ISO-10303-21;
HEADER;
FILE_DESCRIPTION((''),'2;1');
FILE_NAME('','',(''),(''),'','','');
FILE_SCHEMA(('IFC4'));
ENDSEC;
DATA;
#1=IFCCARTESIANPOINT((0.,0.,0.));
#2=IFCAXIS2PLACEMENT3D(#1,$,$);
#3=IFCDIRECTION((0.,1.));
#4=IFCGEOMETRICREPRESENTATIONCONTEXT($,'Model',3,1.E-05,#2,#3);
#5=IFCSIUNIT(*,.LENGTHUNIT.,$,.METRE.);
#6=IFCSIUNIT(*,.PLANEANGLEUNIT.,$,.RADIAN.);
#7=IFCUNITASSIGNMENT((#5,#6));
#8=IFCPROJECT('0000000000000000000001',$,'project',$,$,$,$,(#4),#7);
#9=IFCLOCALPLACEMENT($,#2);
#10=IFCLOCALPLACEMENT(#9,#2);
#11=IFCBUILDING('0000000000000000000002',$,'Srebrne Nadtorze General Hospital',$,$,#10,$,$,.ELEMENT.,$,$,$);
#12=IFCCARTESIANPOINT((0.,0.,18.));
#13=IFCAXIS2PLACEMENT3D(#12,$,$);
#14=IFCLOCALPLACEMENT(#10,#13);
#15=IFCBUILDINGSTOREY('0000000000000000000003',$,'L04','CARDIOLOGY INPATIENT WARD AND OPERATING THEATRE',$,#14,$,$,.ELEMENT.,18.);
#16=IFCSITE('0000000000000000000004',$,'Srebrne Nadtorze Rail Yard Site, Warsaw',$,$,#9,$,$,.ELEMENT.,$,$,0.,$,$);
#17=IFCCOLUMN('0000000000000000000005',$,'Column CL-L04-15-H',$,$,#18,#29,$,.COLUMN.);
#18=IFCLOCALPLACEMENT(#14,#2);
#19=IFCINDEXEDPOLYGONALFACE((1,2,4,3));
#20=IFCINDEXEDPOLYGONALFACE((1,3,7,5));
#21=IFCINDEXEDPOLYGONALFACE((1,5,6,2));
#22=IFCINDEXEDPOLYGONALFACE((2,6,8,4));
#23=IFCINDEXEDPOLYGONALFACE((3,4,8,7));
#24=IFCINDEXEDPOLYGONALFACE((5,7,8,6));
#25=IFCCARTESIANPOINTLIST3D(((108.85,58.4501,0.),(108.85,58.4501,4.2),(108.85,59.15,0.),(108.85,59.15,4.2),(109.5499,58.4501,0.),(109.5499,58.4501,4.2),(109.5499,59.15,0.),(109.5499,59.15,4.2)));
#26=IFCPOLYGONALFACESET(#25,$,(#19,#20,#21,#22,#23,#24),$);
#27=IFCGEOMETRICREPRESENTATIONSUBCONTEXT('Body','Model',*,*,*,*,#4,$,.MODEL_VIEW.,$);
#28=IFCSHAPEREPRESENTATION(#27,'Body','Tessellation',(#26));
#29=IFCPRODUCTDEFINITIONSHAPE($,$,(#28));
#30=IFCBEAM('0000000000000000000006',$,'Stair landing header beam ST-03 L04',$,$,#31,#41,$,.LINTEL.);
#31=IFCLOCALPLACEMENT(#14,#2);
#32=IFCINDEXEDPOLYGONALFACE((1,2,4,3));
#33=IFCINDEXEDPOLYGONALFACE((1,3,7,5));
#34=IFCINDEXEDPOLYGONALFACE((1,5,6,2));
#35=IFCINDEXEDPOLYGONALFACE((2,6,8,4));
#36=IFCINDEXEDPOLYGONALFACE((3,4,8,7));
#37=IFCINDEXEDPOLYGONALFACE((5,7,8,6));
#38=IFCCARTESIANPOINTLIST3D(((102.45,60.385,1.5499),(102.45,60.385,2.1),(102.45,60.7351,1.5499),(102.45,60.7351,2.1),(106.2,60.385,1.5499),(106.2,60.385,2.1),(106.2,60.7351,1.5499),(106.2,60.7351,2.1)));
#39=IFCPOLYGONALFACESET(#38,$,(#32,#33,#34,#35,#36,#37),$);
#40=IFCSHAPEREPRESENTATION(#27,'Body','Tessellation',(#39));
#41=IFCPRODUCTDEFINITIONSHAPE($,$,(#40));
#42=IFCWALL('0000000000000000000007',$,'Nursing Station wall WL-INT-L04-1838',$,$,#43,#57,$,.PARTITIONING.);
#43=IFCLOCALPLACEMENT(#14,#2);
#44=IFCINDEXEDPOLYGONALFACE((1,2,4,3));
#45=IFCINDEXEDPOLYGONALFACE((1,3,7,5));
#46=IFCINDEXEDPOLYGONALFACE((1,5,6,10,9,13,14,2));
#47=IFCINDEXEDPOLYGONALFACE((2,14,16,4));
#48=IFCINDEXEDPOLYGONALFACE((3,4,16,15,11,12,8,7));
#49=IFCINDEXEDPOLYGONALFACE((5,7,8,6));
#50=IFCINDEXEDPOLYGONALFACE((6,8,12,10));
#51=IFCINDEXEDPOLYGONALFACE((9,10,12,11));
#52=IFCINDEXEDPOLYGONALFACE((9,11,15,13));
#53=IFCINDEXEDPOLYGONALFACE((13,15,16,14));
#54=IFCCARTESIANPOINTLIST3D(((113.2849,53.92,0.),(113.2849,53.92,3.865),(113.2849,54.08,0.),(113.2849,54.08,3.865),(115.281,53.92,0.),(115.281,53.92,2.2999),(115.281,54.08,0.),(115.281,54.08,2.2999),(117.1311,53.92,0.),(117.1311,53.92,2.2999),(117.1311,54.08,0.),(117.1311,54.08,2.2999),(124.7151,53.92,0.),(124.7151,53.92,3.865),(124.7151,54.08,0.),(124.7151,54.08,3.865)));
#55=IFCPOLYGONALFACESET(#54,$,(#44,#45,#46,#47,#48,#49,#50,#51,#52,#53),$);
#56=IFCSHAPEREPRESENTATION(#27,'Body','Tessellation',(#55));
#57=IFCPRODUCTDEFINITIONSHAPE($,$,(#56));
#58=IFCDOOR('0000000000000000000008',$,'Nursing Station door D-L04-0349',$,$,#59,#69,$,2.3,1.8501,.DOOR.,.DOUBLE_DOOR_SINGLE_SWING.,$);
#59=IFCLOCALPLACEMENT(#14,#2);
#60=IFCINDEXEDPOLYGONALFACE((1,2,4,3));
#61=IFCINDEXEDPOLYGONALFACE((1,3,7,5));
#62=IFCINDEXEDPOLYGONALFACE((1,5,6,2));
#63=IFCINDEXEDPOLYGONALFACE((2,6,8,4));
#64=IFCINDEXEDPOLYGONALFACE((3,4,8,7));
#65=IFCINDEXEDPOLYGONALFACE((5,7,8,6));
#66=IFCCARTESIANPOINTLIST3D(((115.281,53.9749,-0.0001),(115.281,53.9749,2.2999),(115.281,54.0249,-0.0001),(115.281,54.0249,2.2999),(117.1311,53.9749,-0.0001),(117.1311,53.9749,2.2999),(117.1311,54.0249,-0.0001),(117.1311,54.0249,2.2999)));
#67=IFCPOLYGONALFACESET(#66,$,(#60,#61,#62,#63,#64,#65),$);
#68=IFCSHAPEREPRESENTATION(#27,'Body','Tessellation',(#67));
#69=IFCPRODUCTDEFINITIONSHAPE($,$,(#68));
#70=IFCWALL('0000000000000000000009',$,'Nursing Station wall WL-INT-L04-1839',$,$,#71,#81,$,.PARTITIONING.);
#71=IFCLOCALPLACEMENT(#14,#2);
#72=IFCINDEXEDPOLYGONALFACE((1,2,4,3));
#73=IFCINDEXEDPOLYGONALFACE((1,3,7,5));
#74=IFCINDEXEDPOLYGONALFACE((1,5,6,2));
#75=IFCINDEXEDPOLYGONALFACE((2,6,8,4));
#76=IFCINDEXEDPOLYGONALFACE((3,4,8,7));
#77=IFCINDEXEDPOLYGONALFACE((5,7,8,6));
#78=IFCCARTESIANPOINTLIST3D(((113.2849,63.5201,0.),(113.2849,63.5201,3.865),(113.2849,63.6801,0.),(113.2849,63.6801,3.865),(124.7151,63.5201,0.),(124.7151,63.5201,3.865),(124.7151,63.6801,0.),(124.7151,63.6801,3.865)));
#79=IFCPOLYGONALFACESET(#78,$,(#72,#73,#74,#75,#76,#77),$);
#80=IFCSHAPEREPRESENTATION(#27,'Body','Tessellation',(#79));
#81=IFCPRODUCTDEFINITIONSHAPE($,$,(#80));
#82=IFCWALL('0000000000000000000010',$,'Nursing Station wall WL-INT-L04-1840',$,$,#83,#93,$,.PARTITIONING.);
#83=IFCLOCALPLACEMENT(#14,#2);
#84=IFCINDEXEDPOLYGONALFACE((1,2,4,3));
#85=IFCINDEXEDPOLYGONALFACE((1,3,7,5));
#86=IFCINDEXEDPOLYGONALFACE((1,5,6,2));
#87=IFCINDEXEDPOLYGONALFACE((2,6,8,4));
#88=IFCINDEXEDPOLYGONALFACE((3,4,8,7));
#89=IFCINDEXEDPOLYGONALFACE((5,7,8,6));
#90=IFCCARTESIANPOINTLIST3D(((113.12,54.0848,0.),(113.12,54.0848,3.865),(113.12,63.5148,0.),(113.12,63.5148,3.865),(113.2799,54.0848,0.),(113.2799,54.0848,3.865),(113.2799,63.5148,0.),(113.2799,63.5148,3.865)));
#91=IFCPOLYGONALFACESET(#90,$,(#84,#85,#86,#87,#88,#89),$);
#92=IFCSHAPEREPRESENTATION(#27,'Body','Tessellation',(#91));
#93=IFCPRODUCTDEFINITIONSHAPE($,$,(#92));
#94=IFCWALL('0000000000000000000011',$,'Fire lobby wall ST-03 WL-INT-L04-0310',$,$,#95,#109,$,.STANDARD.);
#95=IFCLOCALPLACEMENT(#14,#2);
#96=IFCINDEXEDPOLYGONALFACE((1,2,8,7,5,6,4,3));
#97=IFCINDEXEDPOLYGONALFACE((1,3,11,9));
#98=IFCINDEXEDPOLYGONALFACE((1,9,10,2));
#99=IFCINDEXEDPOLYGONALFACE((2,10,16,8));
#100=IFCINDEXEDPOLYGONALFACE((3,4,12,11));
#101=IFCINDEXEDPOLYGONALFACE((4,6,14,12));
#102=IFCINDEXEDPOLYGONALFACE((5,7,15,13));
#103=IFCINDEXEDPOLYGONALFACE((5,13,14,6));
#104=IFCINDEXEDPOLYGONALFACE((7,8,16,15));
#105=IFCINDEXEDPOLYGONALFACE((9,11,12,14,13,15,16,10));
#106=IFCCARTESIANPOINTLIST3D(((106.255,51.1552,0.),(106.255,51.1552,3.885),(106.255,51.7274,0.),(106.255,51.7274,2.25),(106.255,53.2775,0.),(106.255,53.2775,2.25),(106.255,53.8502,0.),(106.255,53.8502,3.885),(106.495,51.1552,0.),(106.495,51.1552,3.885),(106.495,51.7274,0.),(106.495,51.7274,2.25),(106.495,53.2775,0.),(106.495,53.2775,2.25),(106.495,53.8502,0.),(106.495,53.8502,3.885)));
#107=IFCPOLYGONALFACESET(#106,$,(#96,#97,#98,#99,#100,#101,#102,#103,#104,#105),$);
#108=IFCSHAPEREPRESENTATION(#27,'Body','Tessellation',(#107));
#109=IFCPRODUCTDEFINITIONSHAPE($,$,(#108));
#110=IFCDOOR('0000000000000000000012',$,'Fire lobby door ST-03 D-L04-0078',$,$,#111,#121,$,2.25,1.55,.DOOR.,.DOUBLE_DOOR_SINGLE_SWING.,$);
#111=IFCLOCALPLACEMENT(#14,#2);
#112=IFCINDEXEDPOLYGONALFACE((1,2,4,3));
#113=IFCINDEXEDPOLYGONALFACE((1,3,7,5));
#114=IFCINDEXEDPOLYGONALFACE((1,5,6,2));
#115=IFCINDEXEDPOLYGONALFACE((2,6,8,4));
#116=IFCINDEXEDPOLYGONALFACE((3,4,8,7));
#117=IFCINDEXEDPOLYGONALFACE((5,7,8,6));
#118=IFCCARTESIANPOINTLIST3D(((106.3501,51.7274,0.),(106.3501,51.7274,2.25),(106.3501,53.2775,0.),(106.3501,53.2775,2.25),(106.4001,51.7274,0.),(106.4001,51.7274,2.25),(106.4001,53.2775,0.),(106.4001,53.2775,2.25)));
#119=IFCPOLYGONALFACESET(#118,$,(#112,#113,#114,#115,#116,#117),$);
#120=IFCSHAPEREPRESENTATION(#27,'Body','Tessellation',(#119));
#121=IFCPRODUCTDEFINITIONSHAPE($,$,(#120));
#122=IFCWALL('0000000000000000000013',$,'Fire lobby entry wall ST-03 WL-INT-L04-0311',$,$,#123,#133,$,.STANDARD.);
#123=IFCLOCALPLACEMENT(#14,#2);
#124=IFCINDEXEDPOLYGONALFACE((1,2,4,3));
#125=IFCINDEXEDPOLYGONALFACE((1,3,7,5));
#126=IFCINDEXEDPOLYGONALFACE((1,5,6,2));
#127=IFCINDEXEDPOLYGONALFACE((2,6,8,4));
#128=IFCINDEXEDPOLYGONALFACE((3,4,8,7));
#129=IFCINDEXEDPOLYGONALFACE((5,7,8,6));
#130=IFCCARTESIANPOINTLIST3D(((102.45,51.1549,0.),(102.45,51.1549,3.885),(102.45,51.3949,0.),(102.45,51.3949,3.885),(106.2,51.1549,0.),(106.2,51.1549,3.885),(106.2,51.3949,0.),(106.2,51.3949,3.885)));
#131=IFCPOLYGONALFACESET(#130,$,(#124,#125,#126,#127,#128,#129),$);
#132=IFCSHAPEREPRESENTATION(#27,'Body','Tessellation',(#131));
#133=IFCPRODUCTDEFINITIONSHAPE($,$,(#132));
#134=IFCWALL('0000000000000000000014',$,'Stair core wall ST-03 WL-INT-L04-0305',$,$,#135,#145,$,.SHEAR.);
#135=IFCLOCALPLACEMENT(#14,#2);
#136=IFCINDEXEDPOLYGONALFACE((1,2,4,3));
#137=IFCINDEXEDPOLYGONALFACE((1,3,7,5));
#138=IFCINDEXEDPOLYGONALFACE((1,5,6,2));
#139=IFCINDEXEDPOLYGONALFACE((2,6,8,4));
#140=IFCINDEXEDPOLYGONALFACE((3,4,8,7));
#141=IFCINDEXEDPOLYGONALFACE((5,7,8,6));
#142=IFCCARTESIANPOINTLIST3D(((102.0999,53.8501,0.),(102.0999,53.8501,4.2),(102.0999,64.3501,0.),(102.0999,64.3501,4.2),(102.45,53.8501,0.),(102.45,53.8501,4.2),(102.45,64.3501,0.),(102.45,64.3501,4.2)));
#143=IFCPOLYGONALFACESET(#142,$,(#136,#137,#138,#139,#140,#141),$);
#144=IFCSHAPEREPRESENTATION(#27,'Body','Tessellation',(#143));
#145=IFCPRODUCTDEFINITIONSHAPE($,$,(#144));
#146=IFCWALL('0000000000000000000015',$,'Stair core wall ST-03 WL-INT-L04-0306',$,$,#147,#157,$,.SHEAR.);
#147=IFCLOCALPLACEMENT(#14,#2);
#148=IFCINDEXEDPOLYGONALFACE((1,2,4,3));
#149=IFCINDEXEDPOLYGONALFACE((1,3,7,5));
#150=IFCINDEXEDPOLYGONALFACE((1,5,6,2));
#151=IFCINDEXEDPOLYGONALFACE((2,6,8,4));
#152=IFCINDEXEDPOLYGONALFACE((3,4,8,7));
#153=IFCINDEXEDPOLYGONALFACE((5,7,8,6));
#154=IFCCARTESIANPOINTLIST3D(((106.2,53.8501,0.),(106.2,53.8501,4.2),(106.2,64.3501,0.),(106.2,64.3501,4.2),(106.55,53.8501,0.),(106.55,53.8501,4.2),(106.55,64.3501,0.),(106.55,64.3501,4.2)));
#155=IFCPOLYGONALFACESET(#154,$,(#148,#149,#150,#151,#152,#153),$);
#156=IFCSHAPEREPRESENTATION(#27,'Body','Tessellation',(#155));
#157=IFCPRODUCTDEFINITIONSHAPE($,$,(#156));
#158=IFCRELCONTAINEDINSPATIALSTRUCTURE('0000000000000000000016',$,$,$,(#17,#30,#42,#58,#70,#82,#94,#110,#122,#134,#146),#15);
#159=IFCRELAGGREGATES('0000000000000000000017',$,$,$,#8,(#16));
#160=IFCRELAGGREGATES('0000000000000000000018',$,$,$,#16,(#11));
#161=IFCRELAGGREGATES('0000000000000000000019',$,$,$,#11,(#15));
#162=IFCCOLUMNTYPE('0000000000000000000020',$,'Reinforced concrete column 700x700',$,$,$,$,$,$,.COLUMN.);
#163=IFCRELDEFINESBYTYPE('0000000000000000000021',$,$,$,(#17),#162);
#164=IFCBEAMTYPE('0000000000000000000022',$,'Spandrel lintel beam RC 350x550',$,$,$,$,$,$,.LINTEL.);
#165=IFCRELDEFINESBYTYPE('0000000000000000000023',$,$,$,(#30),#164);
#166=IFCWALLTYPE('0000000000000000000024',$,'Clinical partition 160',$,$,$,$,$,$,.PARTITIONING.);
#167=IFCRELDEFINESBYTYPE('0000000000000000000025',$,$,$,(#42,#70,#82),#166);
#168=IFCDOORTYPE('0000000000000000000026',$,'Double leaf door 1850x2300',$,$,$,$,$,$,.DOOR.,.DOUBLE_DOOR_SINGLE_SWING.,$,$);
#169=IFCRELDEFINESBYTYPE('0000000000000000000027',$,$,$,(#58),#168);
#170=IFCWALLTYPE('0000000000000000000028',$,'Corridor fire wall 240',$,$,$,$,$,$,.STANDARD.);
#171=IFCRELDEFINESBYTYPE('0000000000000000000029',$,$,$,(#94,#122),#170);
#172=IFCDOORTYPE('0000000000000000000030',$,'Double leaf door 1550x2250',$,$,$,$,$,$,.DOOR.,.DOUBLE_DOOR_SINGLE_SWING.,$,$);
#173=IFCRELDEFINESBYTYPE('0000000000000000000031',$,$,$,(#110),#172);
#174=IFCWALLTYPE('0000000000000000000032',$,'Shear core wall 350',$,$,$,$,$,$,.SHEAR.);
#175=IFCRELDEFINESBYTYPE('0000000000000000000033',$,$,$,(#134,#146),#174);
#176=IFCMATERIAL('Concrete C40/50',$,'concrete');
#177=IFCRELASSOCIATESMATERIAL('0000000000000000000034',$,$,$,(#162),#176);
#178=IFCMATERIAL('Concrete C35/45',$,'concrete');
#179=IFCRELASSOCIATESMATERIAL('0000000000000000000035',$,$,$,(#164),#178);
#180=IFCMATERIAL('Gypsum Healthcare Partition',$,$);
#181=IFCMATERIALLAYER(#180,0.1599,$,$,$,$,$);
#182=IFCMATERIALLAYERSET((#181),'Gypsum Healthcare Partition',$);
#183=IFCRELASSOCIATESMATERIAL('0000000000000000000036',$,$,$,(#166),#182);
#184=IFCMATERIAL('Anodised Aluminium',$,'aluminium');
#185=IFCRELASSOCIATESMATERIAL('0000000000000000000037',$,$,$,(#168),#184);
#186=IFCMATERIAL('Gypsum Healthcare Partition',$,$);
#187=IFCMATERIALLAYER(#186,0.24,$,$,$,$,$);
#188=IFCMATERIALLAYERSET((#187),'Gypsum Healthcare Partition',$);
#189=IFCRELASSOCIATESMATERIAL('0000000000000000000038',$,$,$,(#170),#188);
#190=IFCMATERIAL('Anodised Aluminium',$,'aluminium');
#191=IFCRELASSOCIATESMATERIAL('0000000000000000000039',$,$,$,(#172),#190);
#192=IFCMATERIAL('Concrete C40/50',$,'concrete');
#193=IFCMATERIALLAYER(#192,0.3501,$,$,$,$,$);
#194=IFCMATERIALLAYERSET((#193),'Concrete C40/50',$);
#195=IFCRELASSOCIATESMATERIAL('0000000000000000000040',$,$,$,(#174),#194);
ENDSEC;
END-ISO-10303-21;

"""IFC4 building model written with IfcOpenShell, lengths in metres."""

from ifc_helpers import new_model, si_unit, direction, frame, frame_2d, origin, origin_2d, place, context, subcontext, project, spatial, rectangle, extrude, material, layer, layer_set, material_profile, profile_set, type_object, element, fill, save


model = new_model("IFC4")

# Units and contexts
model_context = context("Model", 3, precision=1e-05, world=origin(), true_north=direction((0.0, 1.0)))
body_context = subcontext(model_context, "Body", "Model", "MODEL_VIEW")
ifc_project = project(units=[si_unit("LENGTHUNIT", "METRE"), si_unit("PLANEANGLEUNIT", "RADIAN")], contexts=[model_context])

# Site, building, storey
site_placement = place(None, origin())
site = spatial("IfcSite", under=ifc_project, at=site_placement, Name="Srebrne Nadtorze Rail Yard Site, Warsaw", CompositionType="ELEMENT", RefElevation=0.0)
building_placement = place(site_placement, origin())
building = spatial("IfcBuilding", under=site, at=building_placement, Name="Srebrne Nadtorze General Hospital", CompositionType="ELEMENT")
storey_placement = place(building_placement, frame((0.0, 0.0, 18.0)))
storey = spatial("IfcBuildingStorey", under=building, at=storey_placement, Name="L04", Description="CARDIOLOGY INPATIENT WARD AND OPERATING THEATRE", CompositionType="ELEMENT", Elevation=18.0)

# Column
ifc_material_1 = material(Name="Concrete C40/50", Category="concrete")
ifc_material_profile_1 = material_profile(ifc_material_1, rectangle(XDim=0.7, YDim=0.7, at=origin_2d()), Name="RC-COL-700x700")
ifc_profile_set_1 = profile_set([ifc_material_profile_1], Name="Concrete C40/50")
column_type = type_object("IfcColumnType", Name="Reinforced concrete column 700x700", PredefinedType="COLUMN", material=ifc_profile_set_1)
column_placement = place(storey_placement, frame((109.2, 58.8, 0.0), z_axis=(0.0, 0.0, 1.0), x_axis=(1.0, 0.0, 0.0)))
element("IfcColumn", 1, at=column_placement, inside=storey, type_object=column_type, Name="Column CL-L04-15-H", PredefinedType="COLUMN", context=body_context, shape_type="SweptSolid", body=[
    extrude(rectangle(XDim=0.7, YDim=0.7, at=origin_2d()), origin(), (0.0, 0.0, 1.0), 4.2),
])

# Beam
ifc_material_2 = material(Name="Concrete C35/45", Category="concrete")
ifc_material_profile_2 = material_profile(ifc_material_2, rectangle(XDim=0.3501, YDim=0.55, at=origin_2d()), Name="RC-BM-350x550")
ifc_profile_set_2 = profile_set([ifc_material_profile_2], Name="Concrete C35/45")
beam_type = type_object("IfcBeamType", Name="Spandrel lintel beam RC 350x550", PredefinedType="LINTEL", material=ifc_profile_set_2)
beam_placement = place(storey_placement, frame((102.45, 60.5601, 1.825), z_axis=(1.0, 0.0, 0.0), x_axis=(0.0, 1.0, 0.0)))
element("IfcBeam", 2, at=beam_placement, inside=storey, type_object=beam_type, Name="Stair landing header beam ST-03 L04", PredefinedType="LINTEL", context=body_context, shape_type="SweptSolid", body=[
    extrude(rectangle(XDim=0.3501, YDim=0.55, at=origin_2d()), origin(), (0.0, 0.0, 1.0), 3.75),
])

# Wall, opening, door
ifc_material_3 = material(Name="Gypsum Healthcare Partition")
ifc_layer_1 = layer(ifc_material_3, 0.1599)
ifc_layer_set_1 = layer_set([ifc_layer_1], Name="Gypsum Healthcare Partition")
wall_type_1 = type_object("IfcWallType", Name="Clinical partition 160", PredefinedType="PARTITIONING", material=ifc_layer_set_1)
wall_1_placement = place(storey_placement, frame((113.2849, 54.0, 0.0), z_axis=(0.0, 0.0, 1.0), x_axis=(1.0, 0.0, 0.0)))
wall_1 = element("IfcWall", 3, at=wall_1_placement, inside=storey, type_object=wall_type_1, Name="Nursing Station wall WL-INT-L04-1838", PredefinedType="PARTITIONING", context=body_context, shape_type="SweptSolid", body=[
    extrude(rectangle(XDim=11.4302, YDim=0.1599, at=frame_2d((5.7151, 0.0))), origin(), (0.0, 0.0, 1.0), 3.865),
])
opening_1_placement = place(wall_1_placement, frame((1.9961, 0.0, 0.0)))
opening_1 = element("IfcOpeningElement", 4, at=opening_1_placement, cuts=wall_1, PredefinedType="OPENING", context=body_context, shape_type="SweptSolid", body=[
    extrude(rectangle(XDim=1.8501, YDim=2.3, at=frame_2d((0.925, 1.1499))), frame((0.0, 0.0918, 0.0), z_axis=(0.0, -1.0, 0.0), x_axis=(1.0, 0.0, 0.0)), (0.0, 0.0, 1.0), 0.1838),
])
ifc_material_4 = material(Name="Anodised Aluminium", Category="aluminium")
door_type_1 = type_object("IfcDoorType", Name="Double leaf door 1850x2300", OperationType="DOUBLE_DOOR_SINGLE_SWING", PredefinedType="DOOR", material=ifc_material_4)
door_1_placement = place(opening_1_placement, origin())
door_1 = element("IfcDoor", 5, at=door_1_placement, inside=storey, type_object=door_type_1, Name="Nursing Station door D-L04-0349", OperationType="DOUBLE_DOOR_SINGLE_SWING", OverallHeight=2.3, OverallWidth=1.8501, PredefinedType="DOOR", context=body_context, shape_type="SweptSolid", body=[
    extrude(rectangle(XDim=1.8501, YDim=2.3, at=frame_2d((0.925, 1.1499))), frame((0.0, 0.0249, 0.0), z_axis=(0.0, -1.0, 0.0), x_axis=(1.0, 0.0, 0.0)), (0.0, 0.0, 1.0), 0.05),
])
fill(opening_1, door_1)

# Walls
wall_2_placement = place(storey_placement, frame((113.2849, 63.6001, 0.0), z_axis=(0.0, 0.0, 1.0), x_axis=(1.0, 0.0, 0.0)))
element("IfcWall", 6, at=wall_2_placement, inside=storey, type_object=wall_type_1, Name="Nursing Station wall WL-INT-L04-1839", PredefinedType="PARTITIONING", context=body_context, shape_type="SweptSolid", body=[
    extrude(rectangle(XDim=11.4302, YDim=0.1599, at=frame_2d((5.7151, 0.0))), origin(), (0.0, 0.0, 1.0), 3.865),
])
wall_3_placement = place(storey_placement, frame((113.2, 54.085, 0.0), z_axis=(0.0, 0.0, 1.0), x_axis=(0.0, 1.0, 0.0)))
element("IfcWall", 7, at=wall_3_placement, inside=storey, type_object=wall_type_1, Name="Nursing Station wall WL-INT-L04-1840", PredefinedType="PARTITIONING", context=body_context, shape_type="SweptSolid", body=[
    extrude(rectangle(XDim=9.4299, YDim=0.1599, at=frame_2d((4.7148, 0.0))), origin(), (0.0, 0.0, 1.0), 3.865),
])

# Wall, opening, door
ifc_material_5 = material(Name="Gypsum Healthcare Partition")
ifc_layer_2 = layer(ifc_material_5, 0.24)
ifc_layer_set_2 = layer_set([ifc_layer_2], Name="Gypsum Healthcare Partition")
wall_type_2 = type_object("IfcWallType", Name="Corridor fire wall 240", PredefinedType="STANDARD", material=ifc_layer_set_2)
wall_4_placement = place(storey_placement, frame((106.375, 51.155, 0.0), z_axis=(0.0, 0.0, 1.0), x_axis=(0.0, 1.0, 0.0)))
wall_4 = element("IfcWall", 8, at=wall_4_placement, inside=storey, type_object=wall_type_2, Name="Fire lobby wall ST-03 WL-INT-L04-0310", PredefinedType="STANDARD", context=body_context, shape_type="SweptSolid", body=[
    extrude(rectangle(XDim=2.6951, YDim=0.24, at=frame_2d((1.3477, 0.0))), origin(), (0.0, 0.0, 1.0), 3.885),
])
opening_2_placement = place(wall_4_placement, frame((0.5725, 0.0, 0.0)))
opening_2 = element("IfcOpeningElement", 9, at=opening_2_placement, cuts=wall_4, PredefinedType="OPENING", context=body_context, shape_type="SweptSolid", body=[
    extrude(rectangle(XDim=1.55, YDim=2.25, at=frame_2d((0.7749, 1.125))), frame((0.0, 0.1318, 0.0), z_axis=(0.0, -1.0, 0.0), x_axis=(1.0, 0.0, 0.0)), (0.0, 0.0, 1.0), 0.2639),
])
ifc_material_6 = material(Name="Anodised Aluminium", Category="aluminium")
door_type_2 = type_object("IfcDoorType", Name="Double leaf door 1550x2250", OperationType="DOUBLE_DOOR_SINGLE_SWING", PredefinedType="DOOR", material=ifc_material_6)
door_2_placement = place(opening_2_placement, origin())
door_2 = element("IfcDoor", 10, at=door_2_placement, inside=storey, type_object=door_type_2, Name="Fire lobby door ST-03 D-L04-0078", OperationType="DOUBLE_DOOR_SINGLE_SWING", OverallHeight=2.25, OverallWidth=1.55, PredefinedType="DOOR", context=body_context, shape_type="SweptSolid", body=[
    extrude(rectangle(XDim=1.55, YDim=2.25, at=frame_2d((0.7749, 1.125))), frame((0.0, 0.0249, 0.0), z_axis=(0.0, -1.0, 0.0), x_axis=(1.0, 0.0, 0.0)), (0.0, 0.0, 1.0), 0.05),
])
fill(opening_2, door_2)

# Walls
wall_5_placement = place(storey_placement, frame((102.45, 51.2749, 0.0), z_axis=(0.0, 0.0, 1.0), x_axis=(1.0, 0.0, 0.0)))
element("IfcWall", 11, at=wall_5_placement, inside=storey, type_object=wall_type_2, Name="Fire lobby entry wall ST-03 WL-INT-L04-0311", PredefinedType="STANDARD", context=body_context, shape_type="SweptSolid", body=[
    extrude(rectangle(XDim=3.75, YDim=0.24, at=frame_2d((1.875, 0.0))), origin(), (0.0, 0.0, 1.0), 3.885),
])
ifc_material_7 = material(Name="Concrete C40/50", Category="concrete")
ifc_layer_3 = layer(ifc_material_7, 0.3501)
ifc_layer_set_3 = layer_set([ifc_layer_3], Name="Concrete C40/50")
wall_type_3 = type_object("IfcWallType", Name="Shear core wall 350", PredefinedType="SHEAR", material=ifc_layer_set_3)
for number, where, z_axis, x_axis, name in (
    (12, (102.2749, 53.8501, 0.0), (0.0, 0.0, 1.0), (0.0, 1.0, 0.0), "Stair core wall ST-03 WL-INT-L04-0305"),
    (13, (106.375, 53.8501, 0.0), (0.0, 0.0, 1.0), (0.0, 1.0, 0.0), "Stair core wall ST-03 WL-INT-L04-0306"),
):
    element("IfcWall", number, at=place(storey_placement, frame(where, z_axis=z_axis, x_axis=x_axis)), inside=storey, type_object=wall_type_3, Name=name, PredefinedType="SHEAR", context=body_context, shape_type="SweptSolid", body=[
        extrude(rectangle(XDim=10.5, YDim=0.3501, at=frame_2d((5.25, 0.0))), origin(), (0.0, 0.0, 1.0), 4.2),
    ])

save(model, "model.ifc")
